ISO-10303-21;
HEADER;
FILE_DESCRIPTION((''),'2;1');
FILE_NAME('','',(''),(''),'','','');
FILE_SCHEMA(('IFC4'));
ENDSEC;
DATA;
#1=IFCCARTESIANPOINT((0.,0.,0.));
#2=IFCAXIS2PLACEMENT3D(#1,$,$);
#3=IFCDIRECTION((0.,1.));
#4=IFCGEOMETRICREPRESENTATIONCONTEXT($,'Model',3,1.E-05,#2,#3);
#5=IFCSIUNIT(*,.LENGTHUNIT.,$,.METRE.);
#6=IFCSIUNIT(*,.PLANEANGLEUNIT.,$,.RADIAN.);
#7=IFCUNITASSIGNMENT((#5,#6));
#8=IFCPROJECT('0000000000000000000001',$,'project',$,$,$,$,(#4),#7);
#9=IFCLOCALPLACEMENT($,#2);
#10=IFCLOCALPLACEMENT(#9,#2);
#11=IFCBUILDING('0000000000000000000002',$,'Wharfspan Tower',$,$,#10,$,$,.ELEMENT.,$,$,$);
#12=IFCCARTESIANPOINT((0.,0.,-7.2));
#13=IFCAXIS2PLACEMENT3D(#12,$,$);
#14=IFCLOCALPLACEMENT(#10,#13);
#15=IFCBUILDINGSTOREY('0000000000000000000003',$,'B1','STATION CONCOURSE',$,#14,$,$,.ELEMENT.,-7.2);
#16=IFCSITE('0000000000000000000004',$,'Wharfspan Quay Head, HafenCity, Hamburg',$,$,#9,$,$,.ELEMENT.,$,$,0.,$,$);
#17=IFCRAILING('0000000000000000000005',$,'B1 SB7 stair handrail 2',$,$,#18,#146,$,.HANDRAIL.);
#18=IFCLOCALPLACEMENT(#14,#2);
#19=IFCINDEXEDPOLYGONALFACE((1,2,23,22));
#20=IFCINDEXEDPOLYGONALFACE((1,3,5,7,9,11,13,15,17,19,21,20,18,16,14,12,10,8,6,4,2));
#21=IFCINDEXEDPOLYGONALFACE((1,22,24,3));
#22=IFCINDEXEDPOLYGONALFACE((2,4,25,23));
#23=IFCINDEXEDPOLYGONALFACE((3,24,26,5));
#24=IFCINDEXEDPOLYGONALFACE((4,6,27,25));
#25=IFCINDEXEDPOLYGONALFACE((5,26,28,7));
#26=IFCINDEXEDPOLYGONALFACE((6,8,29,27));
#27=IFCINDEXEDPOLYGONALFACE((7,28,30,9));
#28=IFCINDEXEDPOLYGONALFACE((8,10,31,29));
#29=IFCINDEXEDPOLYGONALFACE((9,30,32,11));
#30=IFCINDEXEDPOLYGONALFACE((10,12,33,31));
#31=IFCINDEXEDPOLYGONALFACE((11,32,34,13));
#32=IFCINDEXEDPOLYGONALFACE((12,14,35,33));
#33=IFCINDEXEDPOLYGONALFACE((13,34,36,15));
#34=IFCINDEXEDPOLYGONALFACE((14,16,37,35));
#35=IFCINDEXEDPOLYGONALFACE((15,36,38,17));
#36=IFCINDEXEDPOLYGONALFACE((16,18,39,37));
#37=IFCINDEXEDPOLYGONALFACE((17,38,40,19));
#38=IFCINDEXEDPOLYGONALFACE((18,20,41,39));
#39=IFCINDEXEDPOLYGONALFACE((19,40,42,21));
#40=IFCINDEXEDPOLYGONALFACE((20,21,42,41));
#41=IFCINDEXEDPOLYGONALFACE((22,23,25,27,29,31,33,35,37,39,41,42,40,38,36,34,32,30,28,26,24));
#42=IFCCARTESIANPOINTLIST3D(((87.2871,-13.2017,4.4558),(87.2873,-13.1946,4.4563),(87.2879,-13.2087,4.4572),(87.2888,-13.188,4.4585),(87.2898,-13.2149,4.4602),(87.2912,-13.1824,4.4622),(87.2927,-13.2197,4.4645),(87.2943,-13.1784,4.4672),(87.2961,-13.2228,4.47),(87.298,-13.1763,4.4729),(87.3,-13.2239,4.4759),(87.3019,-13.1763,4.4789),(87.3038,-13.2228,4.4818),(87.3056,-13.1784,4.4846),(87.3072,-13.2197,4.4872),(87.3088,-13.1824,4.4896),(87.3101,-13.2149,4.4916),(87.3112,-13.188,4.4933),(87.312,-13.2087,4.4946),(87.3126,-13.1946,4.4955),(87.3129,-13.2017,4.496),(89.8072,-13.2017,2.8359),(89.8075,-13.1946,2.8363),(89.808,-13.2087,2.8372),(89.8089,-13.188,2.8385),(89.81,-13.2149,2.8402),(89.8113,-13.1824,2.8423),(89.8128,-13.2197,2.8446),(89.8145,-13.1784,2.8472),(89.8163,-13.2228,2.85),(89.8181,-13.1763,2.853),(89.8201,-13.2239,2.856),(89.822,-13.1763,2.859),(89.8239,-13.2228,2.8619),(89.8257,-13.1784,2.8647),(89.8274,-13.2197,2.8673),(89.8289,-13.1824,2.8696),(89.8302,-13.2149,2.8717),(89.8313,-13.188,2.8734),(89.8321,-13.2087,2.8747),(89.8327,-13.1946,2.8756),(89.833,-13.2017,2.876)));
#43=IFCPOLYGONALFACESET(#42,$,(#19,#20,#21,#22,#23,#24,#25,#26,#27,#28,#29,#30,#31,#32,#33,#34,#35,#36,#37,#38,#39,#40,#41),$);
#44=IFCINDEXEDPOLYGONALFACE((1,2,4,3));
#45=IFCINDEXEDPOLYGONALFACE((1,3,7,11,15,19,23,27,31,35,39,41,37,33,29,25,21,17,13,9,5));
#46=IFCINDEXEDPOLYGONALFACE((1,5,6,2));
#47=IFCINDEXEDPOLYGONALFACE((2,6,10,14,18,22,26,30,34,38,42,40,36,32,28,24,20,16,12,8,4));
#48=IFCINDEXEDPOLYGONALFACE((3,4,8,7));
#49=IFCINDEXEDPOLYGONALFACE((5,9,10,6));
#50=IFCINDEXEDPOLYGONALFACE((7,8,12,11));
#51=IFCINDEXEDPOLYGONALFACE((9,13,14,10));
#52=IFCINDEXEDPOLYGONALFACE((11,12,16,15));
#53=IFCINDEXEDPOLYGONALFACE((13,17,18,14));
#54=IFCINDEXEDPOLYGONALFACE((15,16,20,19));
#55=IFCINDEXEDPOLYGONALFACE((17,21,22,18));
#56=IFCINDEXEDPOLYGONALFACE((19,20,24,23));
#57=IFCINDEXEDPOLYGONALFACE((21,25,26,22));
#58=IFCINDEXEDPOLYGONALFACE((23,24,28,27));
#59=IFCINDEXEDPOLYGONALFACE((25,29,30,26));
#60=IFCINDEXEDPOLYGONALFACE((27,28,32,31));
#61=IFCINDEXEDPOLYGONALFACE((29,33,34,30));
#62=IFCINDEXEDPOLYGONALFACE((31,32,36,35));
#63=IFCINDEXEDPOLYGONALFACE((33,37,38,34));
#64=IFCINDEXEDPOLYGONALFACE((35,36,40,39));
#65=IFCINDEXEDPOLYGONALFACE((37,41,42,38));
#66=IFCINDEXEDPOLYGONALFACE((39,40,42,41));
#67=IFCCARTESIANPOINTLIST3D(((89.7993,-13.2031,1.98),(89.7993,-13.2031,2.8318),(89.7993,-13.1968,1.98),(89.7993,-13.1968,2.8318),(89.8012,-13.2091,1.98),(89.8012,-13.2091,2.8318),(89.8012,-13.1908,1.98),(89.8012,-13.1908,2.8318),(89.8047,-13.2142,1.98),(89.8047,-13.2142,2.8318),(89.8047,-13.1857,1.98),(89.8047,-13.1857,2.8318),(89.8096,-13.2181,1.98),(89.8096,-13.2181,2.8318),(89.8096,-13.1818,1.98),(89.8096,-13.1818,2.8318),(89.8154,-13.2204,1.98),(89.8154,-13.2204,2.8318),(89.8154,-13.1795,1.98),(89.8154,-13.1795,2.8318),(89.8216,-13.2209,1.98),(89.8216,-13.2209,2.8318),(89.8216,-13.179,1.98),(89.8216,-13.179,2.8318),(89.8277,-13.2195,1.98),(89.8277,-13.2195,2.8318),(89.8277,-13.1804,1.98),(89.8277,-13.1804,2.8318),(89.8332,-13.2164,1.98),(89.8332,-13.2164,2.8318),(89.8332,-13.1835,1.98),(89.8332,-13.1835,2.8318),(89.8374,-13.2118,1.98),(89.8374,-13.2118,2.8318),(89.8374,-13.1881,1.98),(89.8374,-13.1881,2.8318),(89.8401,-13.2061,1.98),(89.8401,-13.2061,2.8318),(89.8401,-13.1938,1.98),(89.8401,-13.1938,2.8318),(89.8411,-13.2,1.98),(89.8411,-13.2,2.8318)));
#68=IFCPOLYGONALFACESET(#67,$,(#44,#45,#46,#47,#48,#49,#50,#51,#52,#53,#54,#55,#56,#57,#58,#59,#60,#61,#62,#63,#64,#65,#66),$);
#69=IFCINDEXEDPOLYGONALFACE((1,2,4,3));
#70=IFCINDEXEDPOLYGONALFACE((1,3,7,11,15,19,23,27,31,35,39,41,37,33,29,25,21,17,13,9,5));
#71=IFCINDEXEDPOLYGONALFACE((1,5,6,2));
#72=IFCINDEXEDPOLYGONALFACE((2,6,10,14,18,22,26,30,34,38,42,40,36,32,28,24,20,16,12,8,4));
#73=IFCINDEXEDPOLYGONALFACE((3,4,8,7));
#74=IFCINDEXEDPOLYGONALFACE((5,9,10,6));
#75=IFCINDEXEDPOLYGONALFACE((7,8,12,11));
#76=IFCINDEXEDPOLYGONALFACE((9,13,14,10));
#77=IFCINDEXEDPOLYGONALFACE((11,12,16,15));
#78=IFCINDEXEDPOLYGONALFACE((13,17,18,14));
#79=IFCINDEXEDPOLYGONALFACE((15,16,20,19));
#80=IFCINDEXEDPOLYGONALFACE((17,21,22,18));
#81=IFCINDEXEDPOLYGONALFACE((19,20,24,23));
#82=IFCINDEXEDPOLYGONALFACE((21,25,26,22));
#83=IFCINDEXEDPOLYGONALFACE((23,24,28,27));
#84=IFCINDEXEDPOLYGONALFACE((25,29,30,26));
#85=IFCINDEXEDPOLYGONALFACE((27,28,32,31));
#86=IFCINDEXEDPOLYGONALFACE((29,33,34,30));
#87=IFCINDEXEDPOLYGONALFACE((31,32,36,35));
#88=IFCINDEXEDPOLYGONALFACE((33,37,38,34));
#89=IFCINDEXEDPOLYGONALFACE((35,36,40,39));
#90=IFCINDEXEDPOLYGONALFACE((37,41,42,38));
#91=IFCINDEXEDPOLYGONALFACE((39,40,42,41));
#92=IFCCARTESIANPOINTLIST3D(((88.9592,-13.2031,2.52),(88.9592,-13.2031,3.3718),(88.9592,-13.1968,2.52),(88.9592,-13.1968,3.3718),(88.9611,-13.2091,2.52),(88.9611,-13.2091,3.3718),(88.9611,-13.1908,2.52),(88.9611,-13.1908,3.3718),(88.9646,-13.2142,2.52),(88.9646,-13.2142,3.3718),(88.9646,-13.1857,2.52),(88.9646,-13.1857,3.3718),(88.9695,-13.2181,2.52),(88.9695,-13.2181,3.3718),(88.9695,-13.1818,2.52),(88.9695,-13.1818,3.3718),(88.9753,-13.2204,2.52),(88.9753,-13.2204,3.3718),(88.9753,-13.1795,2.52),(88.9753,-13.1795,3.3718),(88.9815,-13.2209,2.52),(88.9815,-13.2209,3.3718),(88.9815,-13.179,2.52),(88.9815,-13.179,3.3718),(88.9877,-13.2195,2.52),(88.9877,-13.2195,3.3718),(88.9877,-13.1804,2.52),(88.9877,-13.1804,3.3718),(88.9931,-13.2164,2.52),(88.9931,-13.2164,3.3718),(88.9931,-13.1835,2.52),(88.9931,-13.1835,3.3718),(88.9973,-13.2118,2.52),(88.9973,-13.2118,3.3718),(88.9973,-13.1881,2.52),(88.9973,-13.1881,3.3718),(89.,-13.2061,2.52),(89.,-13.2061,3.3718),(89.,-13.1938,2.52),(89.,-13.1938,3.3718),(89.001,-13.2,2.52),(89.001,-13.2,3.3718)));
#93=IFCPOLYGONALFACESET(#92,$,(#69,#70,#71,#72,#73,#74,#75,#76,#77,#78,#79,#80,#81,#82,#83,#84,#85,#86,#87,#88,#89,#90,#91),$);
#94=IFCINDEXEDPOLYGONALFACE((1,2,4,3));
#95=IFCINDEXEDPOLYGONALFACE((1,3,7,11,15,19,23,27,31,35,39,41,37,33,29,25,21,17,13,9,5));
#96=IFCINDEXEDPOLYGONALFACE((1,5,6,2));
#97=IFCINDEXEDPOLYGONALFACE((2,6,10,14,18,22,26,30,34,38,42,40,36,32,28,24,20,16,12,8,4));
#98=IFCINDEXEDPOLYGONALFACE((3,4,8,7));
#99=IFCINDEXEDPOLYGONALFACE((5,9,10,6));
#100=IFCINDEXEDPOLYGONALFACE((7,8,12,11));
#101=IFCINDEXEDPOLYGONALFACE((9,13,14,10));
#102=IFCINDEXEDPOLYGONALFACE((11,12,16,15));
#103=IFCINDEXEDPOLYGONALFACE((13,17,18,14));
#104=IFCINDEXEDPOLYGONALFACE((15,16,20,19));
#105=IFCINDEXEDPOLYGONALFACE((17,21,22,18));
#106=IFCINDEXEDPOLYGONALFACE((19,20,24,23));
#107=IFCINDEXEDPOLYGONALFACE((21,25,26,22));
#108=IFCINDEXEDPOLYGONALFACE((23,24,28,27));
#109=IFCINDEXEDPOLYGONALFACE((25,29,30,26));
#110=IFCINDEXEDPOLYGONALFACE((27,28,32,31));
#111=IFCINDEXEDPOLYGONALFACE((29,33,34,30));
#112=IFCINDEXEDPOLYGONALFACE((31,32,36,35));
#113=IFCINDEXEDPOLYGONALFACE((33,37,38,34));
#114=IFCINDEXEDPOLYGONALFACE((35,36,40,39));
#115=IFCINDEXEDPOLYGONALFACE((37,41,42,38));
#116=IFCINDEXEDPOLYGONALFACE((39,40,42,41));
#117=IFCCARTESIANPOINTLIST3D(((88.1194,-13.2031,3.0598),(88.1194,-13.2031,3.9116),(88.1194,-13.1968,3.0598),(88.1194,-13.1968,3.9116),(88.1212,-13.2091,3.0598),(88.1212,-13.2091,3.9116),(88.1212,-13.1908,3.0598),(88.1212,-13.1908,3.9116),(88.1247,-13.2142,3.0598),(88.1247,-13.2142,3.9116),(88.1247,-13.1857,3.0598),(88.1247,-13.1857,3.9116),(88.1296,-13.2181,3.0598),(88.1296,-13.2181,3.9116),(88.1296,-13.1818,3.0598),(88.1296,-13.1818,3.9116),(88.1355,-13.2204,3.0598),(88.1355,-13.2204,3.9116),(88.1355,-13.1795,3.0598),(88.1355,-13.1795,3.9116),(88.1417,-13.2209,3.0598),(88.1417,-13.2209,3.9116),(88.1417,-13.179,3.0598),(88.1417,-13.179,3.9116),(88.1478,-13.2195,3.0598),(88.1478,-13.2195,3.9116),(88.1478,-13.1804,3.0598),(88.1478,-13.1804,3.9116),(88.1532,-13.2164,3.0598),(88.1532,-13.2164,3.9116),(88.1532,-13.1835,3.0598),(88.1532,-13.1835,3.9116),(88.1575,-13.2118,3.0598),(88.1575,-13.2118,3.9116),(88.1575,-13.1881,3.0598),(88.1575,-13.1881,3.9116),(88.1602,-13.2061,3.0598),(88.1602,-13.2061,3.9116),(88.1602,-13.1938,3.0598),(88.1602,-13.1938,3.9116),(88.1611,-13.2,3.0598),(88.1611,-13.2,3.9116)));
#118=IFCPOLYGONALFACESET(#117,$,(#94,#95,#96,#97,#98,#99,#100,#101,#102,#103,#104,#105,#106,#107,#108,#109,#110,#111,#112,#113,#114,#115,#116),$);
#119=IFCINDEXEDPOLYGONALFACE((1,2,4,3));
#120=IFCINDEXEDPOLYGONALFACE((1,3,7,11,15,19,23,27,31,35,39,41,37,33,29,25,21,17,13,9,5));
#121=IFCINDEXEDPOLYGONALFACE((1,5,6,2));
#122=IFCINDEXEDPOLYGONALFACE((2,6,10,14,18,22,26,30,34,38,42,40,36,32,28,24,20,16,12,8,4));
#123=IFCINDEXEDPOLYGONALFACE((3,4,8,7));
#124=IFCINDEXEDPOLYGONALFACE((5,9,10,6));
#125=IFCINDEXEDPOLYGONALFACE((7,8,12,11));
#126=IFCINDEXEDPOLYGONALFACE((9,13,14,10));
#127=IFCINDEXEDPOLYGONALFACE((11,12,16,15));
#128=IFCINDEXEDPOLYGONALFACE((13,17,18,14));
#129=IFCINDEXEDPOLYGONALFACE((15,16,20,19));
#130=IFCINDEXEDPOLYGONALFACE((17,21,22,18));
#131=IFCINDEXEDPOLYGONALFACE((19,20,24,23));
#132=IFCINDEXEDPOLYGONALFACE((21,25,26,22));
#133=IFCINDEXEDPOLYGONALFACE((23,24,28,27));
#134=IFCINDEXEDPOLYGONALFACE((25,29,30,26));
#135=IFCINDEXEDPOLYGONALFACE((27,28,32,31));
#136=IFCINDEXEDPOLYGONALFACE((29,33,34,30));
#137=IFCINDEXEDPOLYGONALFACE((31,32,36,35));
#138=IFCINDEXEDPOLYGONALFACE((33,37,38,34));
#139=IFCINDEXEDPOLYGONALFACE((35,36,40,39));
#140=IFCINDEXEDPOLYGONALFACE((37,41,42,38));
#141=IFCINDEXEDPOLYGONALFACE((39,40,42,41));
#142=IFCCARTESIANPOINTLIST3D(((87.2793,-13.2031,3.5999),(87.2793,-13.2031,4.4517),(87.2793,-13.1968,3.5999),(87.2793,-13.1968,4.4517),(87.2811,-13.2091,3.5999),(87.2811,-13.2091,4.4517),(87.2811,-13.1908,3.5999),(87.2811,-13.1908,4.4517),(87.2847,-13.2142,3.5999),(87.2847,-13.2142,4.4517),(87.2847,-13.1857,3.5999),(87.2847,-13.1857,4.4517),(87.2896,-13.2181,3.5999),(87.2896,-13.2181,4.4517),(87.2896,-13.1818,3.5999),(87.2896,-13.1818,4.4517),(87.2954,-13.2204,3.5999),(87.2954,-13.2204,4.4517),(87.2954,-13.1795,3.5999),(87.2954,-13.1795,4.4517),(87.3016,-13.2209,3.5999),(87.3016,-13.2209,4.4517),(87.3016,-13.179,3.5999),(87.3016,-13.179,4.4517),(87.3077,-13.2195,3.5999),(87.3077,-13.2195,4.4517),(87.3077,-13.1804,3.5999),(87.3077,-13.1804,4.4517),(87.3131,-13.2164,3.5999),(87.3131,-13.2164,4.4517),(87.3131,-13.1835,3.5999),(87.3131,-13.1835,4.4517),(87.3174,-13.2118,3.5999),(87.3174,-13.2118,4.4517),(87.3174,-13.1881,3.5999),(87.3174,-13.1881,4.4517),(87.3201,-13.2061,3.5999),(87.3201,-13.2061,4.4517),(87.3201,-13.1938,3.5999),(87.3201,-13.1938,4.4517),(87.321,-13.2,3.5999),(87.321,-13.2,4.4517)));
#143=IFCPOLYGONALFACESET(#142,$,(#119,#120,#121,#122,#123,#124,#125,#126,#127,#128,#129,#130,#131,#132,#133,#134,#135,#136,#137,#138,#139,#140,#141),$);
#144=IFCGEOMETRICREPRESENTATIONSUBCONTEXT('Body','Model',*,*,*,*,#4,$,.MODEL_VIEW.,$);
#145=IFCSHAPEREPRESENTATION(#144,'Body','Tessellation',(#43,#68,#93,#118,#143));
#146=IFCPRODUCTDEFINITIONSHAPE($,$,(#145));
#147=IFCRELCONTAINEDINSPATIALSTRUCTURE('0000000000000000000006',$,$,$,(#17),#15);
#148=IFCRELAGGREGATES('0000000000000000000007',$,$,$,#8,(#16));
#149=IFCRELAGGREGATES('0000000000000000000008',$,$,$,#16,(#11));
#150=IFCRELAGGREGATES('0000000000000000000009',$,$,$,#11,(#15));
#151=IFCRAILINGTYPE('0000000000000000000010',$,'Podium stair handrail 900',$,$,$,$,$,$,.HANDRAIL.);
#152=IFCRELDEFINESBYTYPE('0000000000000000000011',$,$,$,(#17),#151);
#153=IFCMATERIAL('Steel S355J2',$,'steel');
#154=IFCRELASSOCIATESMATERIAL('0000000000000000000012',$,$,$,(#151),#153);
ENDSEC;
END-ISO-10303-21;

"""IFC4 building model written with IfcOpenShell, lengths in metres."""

from ifc_helpers import new_model, si_unit, direction, frame, origin, origin_2d, place, context, subcontext, project, spatial, circle, extrude, material, type_object, element, save


model = new_model("IFC4")

# Units and contexts
model_context = context("Model", 3, precision=1e-05, world=origin(), true_north=direction((0.0, 1.0)))
body_context = subcontext(model_context, "Body", "Model", "MODEL_VIEW")
ifc_project = project(units=[si_unit("LENGTHUNIT", "METRE"), si_unit("PLANEANGLEUNIT", "RADIAN")], contexts=[model_context])

# Site, building, storey
site_placement = place(None, origin())
site = spatial("IfcSite", under=ifc_project, at=site_placement, Name="Wharfspan Quay Head, HafenCity, Hamburg", CompositionType="ELEMENT", RefElevation=0.0)
building_placement = place(site_placement, origin())
building = spatial("IfcBuilding", under=site, at=building_placement, Name="Wharfspan Tower", CompositionType="ELEMENT")
storey_placement = place(building_placement, frame((0.0, 0.0, -7.2)))
storey = spatial("IfcBuildingStorey", under=building, at=storey_placement, Name="B1", Description="STATION CONCOURSE", CompositionType="ELEMENT", Elevation=-7.2)

# Railing
ifc_material_1 = material(Name="Steel S355J2", Category="steel")
railing_type_1 = type_object("IfcRailingType", Name="Podium stair handrail 900", PredefinedType="HANDRAIL", material=ifc_material_1)
railing_1_placement = place(storey_placement, frame((89.8201, -13.2, 1.98)))
element("IfcRailing", 1, at=railing_1_placement, inside=storey, type_object=railing_type_1, Name="B1 SB7 stair handrail 2", PredefinedType="HANDRAIL", context=body_context, shape_type="SweptSolid", body=[
    extrude(circle(Radius=0.0239, at=origin_2d()), frame((0.0, 0.0, 0.876), z_axis=(-0.8412, 0.0, 0.540725), x_axis=(0.0, -1.0, 0.0)), (0.0, 0.0, 1.0), 2.9958),
    extrude(circle(Radius=0.021, at=origin_2d()), origin(), (0.0, 0.0, 1.0), 0.8518),
    extrude(circle(Radius=0.021, at=origin_2d()), frame((-0.8401, 0.0, 0.54)), (0.0, 0.0, 1.0), 0.8518),
    extrude(circle(Radius=0.021, at=origin_2d()), frame((-1.6799, 0.0, 1.0798)), (0.0, 0.0, 1.0), 0.8518),
    extrude(circle(Radius=0.021, at=origin_2d()), frame((-2.52, 0.0, 1.6199)), (0.0, 0.0, 1.0), 0.8518),
])

save(model, "model.ifc")
